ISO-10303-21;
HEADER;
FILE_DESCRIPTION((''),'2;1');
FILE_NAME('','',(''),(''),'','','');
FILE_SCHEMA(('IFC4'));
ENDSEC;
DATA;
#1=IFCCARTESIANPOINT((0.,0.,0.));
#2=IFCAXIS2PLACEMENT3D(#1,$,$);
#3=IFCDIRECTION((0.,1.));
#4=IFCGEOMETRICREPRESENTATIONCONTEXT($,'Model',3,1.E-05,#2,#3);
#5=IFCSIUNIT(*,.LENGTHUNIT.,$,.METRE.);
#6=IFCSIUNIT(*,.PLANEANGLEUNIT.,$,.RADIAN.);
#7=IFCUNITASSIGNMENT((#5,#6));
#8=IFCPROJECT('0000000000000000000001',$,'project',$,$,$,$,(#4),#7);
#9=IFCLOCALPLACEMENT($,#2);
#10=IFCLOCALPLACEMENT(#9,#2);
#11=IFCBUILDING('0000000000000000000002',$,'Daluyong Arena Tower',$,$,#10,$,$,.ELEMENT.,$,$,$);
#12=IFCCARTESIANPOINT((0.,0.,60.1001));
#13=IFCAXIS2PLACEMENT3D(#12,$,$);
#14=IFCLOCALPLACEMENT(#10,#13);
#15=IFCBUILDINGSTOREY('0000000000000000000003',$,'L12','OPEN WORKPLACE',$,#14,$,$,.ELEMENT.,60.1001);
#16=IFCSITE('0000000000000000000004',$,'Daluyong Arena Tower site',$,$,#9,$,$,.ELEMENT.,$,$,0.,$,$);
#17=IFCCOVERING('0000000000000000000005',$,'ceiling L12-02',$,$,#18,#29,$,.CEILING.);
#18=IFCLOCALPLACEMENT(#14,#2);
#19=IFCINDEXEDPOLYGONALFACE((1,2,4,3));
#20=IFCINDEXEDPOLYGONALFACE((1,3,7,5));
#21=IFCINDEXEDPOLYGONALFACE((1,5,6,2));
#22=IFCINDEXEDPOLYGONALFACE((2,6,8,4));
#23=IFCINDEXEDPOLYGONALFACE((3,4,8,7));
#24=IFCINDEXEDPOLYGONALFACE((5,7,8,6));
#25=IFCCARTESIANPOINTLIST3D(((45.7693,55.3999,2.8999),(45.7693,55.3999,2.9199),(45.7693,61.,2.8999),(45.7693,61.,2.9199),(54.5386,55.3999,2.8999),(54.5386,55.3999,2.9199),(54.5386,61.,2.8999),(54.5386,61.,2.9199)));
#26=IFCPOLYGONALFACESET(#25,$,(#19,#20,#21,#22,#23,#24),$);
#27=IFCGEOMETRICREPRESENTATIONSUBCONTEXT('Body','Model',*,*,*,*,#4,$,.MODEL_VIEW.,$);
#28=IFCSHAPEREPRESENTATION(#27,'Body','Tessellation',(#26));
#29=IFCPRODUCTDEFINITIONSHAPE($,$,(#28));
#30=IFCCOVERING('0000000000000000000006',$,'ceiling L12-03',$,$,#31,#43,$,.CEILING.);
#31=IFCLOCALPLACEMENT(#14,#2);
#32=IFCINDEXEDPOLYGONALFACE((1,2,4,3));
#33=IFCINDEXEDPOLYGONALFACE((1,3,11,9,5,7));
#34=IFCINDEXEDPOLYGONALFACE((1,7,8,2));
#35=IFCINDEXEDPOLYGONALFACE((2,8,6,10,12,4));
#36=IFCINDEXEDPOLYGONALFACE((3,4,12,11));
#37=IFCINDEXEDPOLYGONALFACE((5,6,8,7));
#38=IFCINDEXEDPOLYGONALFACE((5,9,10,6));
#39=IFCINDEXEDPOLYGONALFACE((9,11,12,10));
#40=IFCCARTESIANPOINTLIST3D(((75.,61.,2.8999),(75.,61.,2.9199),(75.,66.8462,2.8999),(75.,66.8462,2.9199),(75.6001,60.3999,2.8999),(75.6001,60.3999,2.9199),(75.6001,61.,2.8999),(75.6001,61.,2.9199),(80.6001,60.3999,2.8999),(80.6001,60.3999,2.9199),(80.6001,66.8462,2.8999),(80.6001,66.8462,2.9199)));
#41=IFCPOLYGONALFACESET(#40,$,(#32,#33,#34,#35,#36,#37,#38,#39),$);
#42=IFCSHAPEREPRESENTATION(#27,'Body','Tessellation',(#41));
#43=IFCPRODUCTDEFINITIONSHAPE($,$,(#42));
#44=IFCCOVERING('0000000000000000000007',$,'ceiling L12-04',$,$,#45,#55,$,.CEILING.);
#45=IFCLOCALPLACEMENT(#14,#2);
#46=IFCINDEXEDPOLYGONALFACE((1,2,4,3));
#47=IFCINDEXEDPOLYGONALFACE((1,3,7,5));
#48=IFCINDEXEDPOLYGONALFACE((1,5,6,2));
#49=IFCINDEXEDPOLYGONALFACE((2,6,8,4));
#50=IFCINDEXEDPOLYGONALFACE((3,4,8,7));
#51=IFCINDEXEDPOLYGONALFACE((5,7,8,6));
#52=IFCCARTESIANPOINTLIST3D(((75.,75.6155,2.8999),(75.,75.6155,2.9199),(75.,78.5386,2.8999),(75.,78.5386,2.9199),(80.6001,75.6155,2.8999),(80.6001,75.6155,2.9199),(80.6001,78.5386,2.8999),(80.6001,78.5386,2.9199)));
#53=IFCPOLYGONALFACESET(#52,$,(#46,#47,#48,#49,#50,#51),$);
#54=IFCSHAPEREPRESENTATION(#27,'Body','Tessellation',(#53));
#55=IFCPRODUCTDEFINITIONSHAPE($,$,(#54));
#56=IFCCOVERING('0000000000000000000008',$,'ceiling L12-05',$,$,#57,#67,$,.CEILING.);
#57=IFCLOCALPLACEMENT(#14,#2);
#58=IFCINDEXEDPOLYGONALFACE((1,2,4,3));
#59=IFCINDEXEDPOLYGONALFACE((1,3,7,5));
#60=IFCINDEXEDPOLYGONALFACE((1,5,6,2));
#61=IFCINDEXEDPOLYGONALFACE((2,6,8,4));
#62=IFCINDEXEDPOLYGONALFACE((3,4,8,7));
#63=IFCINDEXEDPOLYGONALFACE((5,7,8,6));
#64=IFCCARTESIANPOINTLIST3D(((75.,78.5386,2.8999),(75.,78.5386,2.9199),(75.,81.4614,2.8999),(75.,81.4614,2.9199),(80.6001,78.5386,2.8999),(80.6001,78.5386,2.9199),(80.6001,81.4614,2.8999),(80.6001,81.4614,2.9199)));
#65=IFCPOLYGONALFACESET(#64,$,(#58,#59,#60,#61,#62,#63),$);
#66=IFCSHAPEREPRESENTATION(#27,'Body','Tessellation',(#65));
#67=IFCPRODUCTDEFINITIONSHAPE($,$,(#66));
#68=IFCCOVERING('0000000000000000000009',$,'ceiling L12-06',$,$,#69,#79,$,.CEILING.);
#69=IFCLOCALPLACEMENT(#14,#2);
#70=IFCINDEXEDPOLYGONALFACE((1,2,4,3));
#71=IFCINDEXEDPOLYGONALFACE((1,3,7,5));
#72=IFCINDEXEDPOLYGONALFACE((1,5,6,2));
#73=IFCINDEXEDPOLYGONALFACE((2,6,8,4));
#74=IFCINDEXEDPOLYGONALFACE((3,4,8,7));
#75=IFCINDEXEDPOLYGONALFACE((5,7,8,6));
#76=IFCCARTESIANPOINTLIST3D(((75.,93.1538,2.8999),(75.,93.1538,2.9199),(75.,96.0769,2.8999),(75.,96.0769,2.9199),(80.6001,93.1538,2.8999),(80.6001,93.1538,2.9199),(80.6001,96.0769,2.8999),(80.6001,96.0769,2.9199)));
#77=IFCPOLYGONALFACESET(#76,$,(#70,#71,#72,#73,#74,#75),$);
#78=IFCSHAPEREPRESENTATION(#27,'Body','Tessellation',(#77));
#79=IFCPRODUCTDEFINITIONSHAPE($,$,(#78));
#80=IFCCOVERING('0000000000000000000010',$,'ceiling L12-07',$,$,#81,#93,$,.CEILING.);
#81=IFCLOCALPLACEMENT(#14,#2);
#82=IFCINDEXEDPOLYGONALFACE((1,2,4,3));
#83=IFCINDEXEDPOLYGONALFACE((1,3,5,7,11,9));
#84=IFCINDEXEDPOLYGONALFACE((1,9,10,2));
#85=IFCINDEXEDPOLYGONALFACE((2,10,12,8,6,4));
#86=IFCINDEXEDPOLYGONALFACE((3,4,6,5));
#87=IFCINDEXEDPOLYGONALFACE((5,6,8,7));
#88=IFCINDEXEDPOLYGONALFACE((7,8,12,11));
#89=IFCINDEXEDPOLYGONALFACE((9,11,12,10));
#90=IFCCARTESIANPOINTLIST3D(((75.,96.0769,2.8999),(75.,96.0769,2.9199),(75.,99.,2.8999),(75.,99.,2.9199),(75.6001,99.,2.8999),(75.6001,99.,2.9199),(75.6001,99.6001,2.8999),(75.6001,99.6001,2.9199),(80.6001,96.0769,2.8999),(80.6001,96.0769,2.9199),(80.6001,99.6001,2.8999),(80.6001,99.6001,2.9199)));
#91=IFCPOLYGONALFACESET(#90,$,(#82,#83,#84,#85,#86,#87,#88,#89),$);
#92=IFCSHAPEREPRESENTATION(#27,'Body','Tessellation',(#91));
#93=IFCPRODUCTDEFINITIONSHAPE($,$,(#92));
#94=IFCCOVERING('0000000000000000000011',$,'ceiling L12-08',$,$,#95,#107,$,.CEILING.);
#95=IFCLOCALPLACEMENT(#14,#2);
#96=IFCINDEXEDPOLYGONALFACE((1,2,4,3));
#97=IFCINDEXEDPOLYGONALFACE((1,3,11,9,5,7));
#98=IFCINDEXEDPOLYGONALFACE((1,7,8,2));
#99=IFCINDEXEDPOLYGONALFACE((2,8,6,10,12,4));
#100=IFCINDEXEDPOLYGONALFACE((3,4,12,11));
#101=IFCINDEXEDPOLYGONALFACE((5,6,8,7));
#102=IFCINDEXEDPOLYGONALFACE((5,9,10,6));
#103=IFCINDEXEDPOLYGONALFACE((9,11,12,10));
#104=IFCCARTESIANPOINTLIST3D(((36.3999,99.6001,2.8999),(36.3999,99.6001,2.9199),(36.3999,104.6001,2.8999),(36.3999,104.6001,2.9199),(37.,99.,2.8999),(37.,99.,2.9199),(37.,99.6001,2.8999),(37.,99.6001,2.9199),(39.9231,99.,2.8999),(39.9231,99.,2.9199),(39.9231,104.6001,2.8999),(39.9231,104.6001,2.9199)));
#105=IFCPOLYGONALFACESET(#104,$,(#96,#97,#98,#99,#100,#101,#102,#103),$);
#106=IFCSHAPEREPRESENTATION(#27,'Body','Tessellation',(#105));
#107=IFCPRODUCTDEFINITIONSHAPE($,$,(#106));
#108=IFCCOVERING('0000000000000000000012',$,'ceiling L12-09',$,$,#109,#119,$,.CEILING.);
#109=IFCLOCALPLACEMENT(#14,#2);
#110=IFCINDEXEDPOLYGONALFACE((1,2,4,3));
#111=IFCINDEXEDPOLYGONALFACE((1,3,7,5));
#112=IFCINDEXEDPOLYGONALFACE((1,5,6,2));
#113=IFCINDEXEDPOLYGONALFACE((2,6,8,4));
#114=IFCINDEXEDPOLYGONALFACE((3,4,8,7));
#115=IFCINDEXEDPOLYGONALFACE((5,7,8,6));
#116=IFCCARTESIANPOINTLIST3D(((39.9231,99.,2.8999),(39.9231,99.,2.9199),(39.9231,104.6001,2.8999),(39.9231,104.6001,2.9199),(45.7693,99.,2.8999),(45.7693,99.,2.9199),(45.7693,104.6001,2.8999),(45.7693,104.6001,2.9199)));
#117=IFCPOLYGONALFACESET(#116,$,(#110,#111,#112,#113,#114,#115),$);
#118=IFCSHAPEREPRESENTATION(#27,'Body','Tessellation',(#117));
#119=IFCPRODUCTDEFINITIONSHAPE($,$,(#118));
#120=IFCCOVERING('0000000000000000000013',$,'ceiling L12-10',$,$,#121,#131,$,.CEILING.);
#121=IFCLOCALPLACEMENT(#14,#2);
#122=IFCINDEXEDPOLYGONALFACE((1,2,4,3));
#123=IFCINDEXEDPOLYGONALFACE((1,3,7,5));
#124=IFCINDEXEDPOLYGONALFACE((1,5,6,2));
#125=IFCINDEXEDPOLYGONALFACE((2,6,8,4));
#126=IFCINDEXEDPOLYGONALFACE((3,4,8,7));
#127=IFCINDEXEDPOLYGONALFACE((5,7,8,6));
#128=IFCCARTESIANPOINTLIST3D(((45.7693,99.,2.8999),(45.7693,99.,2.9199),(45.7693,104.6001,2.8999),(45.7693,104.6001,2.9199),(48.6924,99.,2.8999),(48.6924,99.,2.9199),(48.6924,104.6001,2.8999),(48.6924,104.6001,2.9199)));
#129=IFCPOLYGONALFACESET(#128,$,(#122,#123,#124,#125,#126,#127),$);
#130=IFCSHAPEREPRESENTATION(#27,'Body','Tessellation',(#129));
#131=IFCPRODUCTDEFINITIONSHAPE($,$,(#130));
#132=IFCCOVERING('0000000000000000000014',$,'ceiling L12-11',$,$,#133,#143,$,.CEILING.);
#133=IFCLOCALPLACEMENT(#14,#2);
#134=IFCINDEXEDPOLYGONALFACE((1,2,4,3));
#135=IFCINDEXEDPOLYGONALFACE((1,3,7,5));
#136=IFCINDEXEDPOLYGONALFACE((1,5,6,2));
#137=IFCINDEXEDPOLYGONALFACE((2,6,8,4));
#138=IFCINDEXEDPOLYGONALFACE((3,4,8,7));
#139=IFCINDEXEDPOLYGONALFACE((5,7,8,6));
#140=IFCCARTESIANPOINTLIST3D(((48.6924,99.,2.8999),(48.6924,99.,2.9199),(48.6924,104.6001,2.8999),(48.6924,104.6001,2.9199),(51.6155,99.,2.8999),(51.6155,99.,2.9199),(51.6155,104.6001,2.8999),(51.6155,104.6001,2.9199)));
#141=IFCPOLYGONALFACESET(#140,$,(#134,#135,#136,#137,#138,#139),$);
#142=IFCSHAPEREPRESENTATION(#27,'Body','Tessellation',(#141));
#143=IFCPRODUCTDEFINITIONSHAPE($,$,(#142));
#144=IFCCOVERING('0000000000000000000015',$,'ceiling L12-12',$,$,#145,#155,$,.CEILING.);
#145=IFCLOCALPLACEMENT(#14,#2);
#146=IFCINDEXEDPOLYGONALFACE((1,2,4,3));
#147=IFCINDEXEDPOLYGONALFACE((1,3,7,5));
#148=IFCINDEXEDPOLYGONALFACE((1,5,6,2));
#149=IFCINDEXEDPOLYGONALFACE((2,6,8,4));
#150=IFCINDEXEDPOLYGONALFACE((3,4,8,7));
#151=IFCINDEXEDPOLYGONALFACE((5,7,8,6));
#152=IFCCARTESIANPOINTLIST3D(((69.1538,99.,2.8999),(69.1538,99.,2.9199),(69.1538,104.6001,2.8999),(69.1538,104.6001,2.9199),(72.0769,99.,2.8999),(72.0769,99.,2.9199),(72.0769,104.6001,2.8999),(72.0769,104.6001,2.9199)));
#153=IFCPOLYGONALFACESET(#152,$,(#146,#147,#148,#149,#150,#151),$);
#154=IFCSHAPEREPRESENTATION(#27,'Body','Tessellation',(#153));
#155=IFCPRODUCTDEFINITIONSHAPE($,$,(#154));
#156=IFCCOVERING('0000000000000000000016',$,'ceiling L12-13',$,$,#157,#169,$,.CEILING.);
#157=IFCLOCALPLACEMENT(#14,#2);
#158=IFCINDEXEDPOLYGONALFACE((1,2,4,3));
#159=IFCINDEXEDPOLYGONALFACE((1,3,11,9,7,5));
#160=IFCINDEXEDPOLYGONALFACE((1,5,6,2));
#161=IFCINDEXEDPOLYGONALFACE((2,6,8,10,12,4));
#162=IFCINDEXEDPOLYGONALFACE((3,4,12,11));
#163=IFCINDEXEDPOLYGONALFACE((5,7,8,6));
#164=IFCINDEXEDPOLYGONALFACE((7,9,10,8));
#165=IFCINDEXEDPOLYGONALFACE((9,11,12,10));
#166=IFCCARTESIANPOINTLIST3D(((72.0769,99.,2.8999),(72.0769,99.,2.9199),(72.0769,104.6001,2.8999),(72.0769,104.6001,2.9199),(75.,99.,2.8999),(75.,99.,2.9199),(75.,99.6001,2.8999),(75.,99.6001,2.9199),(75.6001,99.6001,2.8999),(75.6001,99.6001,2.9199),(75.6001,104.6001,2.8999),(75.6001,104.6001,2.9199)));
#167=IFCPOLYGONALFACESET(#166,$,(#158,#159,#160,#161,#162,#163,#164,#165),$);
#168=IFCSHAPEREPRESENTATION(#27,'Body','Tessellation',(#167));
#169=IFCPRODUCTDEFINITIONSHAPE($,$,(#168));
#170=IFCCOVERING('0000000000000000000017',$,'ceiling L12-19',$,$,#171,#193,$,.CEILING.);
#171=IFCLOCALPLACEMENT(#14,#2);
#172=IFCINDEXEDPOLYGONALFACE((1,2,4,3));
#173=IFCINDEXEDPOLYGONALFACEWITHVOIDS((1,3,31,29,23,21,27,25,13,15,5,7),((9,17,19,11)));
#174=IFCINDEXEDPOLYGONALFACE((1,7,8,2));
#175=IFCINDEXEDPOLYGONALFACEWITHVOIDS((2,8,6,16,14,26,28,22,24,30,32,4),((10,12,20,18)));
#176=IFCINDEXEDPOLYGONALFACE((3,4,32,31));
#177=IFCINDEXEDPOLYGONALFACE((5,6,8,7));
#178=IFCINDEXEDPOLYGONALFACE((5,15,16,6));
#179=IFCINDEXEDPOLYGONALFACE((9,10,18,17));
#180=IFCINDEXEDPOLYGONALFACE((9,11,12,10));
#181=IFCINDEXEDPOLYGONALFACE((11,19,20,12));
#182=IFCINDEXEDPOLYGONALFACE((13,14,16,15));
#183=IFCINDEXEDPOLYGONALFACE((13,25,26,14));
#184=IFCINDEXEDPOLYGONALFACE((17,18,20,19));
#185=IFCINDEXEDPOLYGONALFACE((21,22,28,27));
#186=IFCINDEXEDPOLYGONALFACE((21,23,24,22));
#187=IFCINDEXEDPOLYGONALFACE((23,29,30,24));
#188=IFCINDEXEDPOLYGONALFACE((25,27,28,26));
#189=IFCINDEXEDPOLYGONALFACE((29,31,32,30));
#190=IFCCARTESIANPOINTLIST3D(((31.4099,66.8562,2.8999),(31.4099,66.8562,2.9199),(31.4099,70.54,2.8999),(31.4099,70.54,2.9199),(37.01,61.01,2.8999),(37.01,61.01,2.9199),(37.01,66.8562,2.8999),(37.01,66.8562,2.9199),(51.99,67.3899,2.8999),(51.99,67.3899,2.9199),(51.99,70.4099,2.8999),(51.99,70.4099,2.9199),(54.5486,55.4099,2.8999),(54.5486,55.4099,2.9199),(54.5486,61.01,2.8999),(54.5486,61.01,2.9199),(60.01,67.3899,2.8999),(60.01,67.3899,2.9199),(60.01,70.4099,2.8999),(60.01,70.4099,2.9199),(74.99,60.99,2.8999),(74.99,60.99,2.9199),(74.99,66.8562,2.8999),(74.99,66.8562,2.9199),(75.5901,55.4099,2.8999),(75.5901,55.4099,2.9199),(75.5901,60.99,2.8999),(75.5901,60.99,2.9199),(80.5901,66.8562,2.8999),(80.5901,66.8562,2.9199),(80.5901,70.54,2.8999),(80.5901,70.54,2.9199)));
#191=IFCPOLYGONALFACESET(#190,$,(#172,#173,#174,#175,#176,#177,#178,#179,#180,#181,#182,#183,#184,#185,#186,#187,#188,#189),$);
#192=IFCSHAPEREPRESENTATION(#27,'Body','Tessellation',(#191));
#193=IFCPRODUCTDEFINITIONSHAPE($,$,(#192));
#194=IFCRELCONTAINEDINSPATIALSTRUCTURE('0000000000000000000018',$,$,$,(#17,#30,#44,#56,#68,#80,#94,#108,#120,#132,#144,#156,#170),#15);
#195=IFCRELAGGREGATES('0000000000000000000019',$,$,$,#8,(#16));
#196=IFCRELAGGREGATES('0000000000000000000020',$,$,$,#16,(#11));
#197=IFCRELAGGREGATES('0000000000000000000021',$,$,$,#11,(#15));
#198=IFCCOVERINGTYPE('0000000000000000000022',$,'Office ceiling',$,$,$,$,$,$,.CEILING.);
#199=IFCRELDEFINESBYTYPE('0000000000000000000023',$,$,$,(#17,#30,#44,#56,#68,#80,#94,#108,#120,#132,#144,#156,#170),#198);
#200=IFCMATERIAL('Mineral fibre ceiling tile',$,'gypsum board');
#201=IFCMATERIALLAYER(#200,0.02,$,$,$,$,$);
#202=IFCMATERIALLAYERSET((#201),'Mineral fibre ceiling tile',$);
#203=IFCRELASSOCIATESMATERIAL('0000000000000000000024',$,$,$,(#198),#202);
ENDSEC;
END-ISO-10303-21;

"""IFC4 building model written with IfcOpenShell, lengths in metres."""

from ifc_helpers import new_model, si_unit, direction, frame, origin, place, context, subcontext, project, spatial, polyline, outline, extrude, material, layer, layer_set, type_object, element, save


model = new_model("IFC4")

# Units and contexts
model_context = context("Model", 3, precision=1e-05, world=origin(), true_north=direction((0.0, 1.0)))
body_context = subcontext(model_context, "Body", "Model", "MODEL_VIEW")
ifc_project = project(units=[si_unit("LENGTHUNIT", "METRE"), si_unit("PLANEANGLEUNIT", "RADIAN")], contexts=[model_context])

# Site, building, storey
site_placement = place(None, origin())
site = spatial("IfcSite", under=ifc_project, at=site_placement, Name="Daluyong Arena Tower site", CompositionType="ELEMENT", RefElevation=0.0)
building_placement = place(site_placement, origin())
building = spatial("IfcBuilding", under=site, at=building_placement, Name="Daluyong Arena Tower", CompositionType="ELEMENT")
storey_placement = place(building_placement, frame((0.0, 0.0, 60.1001)))
storey = spatial("IfcBuildingStorey", under=building, at=storey_placement, Name="L12", Description="OPEN WORKPLACE", CompositionType="ELEMENT", Elevation=60.1001)

# Coverings
ifc_material_1 = material(Name="Mineral fibre ceiling tile", Category="gypsum board")
ifc_layer_1 = layer(ifc_material_1, 0.02)
ifc_layer_set_1 = layer_set([ifc_layer_1], Name="Mineral fibre ceiling tile")
covering_type = type_object("IfcCoveringType", Name="Office ceiling", PredefinedType="CEILING", material=ifc_layer_set_1)
covering_1_placement = place(storey_placement, frame((0.0, 0.0, 2.8999)))
element("IfcCovering", 1, at=covering_1_placement, inside=storey, type_object=covering_type, Name="ceiling L12-02", PredefinedType="CEILING", context=body_context, shape_type="SweptSolid", body=[
    extrude(outline(polyline([(45.7693, 61.0), (45.7693, 55.3999), (54.5386, 55.3999), (54.5386, 61.0), (45.7693, 61.0)])), origin(), (0.0, 0.0, 1.0), 0.02),
])
covering_2_placement = place(storey_placement, frame((0.0, 0.0, 2.8999)))
element("IfcCovering", 2, at=covering_2_placement, inside=storey, type_object=covering_type, Name="ceiling L12-03", PredefinedType="CEILING", context=body_context, shape_type="SweptSolid", body=[
    extrude(outline(polyline([(75.6001, 60.3999), (80.6001, 60.3999), (80.6001, 66.8462), (75.0, 66.8462), (75.0, 61.0), (75.6001, 61.0), (75.6001, 60.3999)])), origin(), (0.0, 0.0, 1.0), 0.02),
])
covering_3_placement = place(storey_placement, frame((0.0, 0.0, 2.8999)))
element("IfcCovering", 3, at=covering_3_placement, inside=storey, type_object=covering_type, Name="ceiling L12-04", PredefinedType="CEILING", context=body_context, shape_type="SweptSolid", body=[
    extrude(outline(polyline([(75.0, 75.6155), (80.6001, 75.6155), (80.6001, 78.5386), (75.0, 78.5386), (75.0, 75.6155)])), origin(), (0.0, 0.0, 1.0), 0.02),
])
covering_4_placement = place(storey_placement, frame((0.0, 0.0, 2.8999)))
element("IfcCovering", 4, at=covering_4_placement, inside=storey, type_object=covering_type, Name="ceiling L12-05", PredefinedType="CEILING", context=body_context, shape_type="SweptSolid", body=[
    extrude(outline(polyline([(75.0, 78.5386), (80.6001, 78.5386), (80.6001, 81.4614), (75.0, 81.4614), (75.0, 78.5386)])), origin(), (0.0, 0.0, 1.0), 0.02),
])
covering_5_placement = place(storey_placement, frame((0.0, 0.0, 2.8999)))
element("IfcCovering", 5, at=covering_5_placement, inside=storey, type_object=covering_type, Name="ceiling L12-06", PredefinedType="CEILING", context=body_context, shape_type="SweptSolid", body=[
    extrude(outline(polyline([(75.0, 93.1538), (80.6001, 93.1538), (80.6001, 96.0769), (75.0, 96.0769), (75.0, 93.1538)])), origin(), (0.0, 0.0, 1.0), 0.02),
])
covering_6_placement = place(storey_placement, frame((0.0, 0.0, 2.8999)))
element("IfcCovering", 6, at=covering_6_placement, inside=storey, type_object=covering_type, Name="ceiling L12-07", PredefinedType="CEILING", context=body_context, shape_type="SweptSolid", body=[
    extrude(outline(polyline([(75.0, 96.0769), (80.6001, 96.0769), (80.6001, 99.6001), (75.6001, 99.6001), (75.6001, 99.0), (75.0, 99.0), (75.0, 96.0769)])), origin(), (0.0, 0.0, 1.0), 0.02),
])
covering_7_placement = place(storey_placement, frame((0.0, 0.0, 2.8999)))
element("IfcCovering", 7, at=covering_7_placement, inside=storey, type_object=covering_type, Name="ceiling L12-08", PredefinedType="CEILING", context=body_context, shape_type="SweptSolid", body=[
    extrude(outline(polyline([(39.9231, 99.0), (39.9231, 104.6001), (36.3999, 104.6001), (36.3999, 99.6001), (37.0, 99.6001), (37.0, 99.0), (39.9231, 99.0)])), origin(), (0.0, 0.0, 1.0), 0.02),
])
covering_8_placement = place(storey_placement, frame((0.0, 0.0, 2.8999)))
element("IfcCovering", 8, at=covering_8_placement, inside=storey, type_object=covering_type, Name="ceiling L12-09", PredefinedType="CEILING", context=body_context, shape_type="SweptSolid", body=[
    extrude(outline(polyline([(45.7693, 99.0), (45.7693, 104.6001), (39.9231, 104.6001), (39.9231, 99.0), (45.7693, 99.0)])), origin(), (0.0, 0.0, 1.0), 0.02),
])
covering_9_placement = place(storey_placement, frame((0.0, 0.0, 2.8999)))
element("IfcCovering", 9, at=covering_9_placement, inside=storey, type_object=covering_type, Name="ceiling L12-10", PredefinedType="CEILING", context=body_context, shape_type="SweptSolid", body=[
    extrude(outline(polyline([(48.6924, 99.0), (48.6924, 104.6001), (45.7693, 104.6001), (45.7693, 99.0), (48.6924, 99.0)])), origin(), (0.0, 0.0, 1.0), 0.02),
])
covering_10_placement = place(storey_placement, frame((0.0, 0.0, 2.8999)))
element("IfcCovering", 10, at=covering_10_placement, inside=storey, type_object=covering_type, Name="ceiling L12-11", PredefinedType="CEILING", context=body_context, shape_type="SweptSolid", body=[
    extrude(outline(polyline([(51.6155, 99.0), (51.6155, 104.6001), (48.6924, 104.6001), (48.6924, 99.0), (51.6155, 99.0)])), origin(), (0.0, 0.0, 1.0), 0.02),
])
covering_11_placement = place(storey_placement, frame((0.0, 0.0, 2.8999)))
element("IfcCovering", 11, at=covering_11_placement, inside=storey, type_object=covering_type, Name="ceiling L12-12", PredefinedType="CEILING", context=body_context, shape_type="SweptSolid", body=[
    extrude(outline(polyline([(72.0769, 99.0), (72.0769, 104.6001), (69.1538, 104.6001), (69.1538, 99.0), (72.0769, 99.0)])), origin(), (0.0, 0.0, 1.0), 0.02),
])
covering_12_placement = place(storey_placement, frame((0.0, 0.0, 2.8999)))
element("IfcCovering", 12, at=covering_12_placement, inside=storey, type_object=covering_type, Name="ceiling L12-13", PredefinedType="CEILING", context=body_context, shape_type="SweptSolid", body=[
    extrude(outline(polyline([(72.0769, 99.0), (75.0, 99.0), (75.0, 99.6001), (75.6001, 99.6001), (75.6001, 104.6001), (72.0769, 104.6001), (72.0769, 99.0)])), origin(), (0.0, 0.0, 1.0), 0.02),
])
covering_13_placement = place(storey_placement, frame((0.0, 0.0, 2.8999)))
element("IfcCovering", 13, at=covering_13_placement, inside=storey, type_object=covering_type, Name="ceiling L12-19", PredefinedType="CEILING", context=body_context, shape_type="SweptSolid", body=[
    extrude(outline(polyline([(37.01, 61.01), (54.5486, 61.01), (54.5486, 55.4099), (75.5901, 55.4099), (75.5901, 60.99), (74.99, 60.99), (74.99, 66.8562), (80.5901, 66.8562), (80.5901, 70.54), (31.4099, 70.54), (31.4099, 66.8562), (37.01, 66.8562), (37.01, 61.01)]), holes=[polyline([(60.01, 67.3899), (51.99, 67.3899), (51.99, 70.4099), (60.01, 70.4099), (60.01, 67.3899)])]), origin(), (0.0, 0.0, 1.0), 0.02),
])

save(model, "model.ifc")
